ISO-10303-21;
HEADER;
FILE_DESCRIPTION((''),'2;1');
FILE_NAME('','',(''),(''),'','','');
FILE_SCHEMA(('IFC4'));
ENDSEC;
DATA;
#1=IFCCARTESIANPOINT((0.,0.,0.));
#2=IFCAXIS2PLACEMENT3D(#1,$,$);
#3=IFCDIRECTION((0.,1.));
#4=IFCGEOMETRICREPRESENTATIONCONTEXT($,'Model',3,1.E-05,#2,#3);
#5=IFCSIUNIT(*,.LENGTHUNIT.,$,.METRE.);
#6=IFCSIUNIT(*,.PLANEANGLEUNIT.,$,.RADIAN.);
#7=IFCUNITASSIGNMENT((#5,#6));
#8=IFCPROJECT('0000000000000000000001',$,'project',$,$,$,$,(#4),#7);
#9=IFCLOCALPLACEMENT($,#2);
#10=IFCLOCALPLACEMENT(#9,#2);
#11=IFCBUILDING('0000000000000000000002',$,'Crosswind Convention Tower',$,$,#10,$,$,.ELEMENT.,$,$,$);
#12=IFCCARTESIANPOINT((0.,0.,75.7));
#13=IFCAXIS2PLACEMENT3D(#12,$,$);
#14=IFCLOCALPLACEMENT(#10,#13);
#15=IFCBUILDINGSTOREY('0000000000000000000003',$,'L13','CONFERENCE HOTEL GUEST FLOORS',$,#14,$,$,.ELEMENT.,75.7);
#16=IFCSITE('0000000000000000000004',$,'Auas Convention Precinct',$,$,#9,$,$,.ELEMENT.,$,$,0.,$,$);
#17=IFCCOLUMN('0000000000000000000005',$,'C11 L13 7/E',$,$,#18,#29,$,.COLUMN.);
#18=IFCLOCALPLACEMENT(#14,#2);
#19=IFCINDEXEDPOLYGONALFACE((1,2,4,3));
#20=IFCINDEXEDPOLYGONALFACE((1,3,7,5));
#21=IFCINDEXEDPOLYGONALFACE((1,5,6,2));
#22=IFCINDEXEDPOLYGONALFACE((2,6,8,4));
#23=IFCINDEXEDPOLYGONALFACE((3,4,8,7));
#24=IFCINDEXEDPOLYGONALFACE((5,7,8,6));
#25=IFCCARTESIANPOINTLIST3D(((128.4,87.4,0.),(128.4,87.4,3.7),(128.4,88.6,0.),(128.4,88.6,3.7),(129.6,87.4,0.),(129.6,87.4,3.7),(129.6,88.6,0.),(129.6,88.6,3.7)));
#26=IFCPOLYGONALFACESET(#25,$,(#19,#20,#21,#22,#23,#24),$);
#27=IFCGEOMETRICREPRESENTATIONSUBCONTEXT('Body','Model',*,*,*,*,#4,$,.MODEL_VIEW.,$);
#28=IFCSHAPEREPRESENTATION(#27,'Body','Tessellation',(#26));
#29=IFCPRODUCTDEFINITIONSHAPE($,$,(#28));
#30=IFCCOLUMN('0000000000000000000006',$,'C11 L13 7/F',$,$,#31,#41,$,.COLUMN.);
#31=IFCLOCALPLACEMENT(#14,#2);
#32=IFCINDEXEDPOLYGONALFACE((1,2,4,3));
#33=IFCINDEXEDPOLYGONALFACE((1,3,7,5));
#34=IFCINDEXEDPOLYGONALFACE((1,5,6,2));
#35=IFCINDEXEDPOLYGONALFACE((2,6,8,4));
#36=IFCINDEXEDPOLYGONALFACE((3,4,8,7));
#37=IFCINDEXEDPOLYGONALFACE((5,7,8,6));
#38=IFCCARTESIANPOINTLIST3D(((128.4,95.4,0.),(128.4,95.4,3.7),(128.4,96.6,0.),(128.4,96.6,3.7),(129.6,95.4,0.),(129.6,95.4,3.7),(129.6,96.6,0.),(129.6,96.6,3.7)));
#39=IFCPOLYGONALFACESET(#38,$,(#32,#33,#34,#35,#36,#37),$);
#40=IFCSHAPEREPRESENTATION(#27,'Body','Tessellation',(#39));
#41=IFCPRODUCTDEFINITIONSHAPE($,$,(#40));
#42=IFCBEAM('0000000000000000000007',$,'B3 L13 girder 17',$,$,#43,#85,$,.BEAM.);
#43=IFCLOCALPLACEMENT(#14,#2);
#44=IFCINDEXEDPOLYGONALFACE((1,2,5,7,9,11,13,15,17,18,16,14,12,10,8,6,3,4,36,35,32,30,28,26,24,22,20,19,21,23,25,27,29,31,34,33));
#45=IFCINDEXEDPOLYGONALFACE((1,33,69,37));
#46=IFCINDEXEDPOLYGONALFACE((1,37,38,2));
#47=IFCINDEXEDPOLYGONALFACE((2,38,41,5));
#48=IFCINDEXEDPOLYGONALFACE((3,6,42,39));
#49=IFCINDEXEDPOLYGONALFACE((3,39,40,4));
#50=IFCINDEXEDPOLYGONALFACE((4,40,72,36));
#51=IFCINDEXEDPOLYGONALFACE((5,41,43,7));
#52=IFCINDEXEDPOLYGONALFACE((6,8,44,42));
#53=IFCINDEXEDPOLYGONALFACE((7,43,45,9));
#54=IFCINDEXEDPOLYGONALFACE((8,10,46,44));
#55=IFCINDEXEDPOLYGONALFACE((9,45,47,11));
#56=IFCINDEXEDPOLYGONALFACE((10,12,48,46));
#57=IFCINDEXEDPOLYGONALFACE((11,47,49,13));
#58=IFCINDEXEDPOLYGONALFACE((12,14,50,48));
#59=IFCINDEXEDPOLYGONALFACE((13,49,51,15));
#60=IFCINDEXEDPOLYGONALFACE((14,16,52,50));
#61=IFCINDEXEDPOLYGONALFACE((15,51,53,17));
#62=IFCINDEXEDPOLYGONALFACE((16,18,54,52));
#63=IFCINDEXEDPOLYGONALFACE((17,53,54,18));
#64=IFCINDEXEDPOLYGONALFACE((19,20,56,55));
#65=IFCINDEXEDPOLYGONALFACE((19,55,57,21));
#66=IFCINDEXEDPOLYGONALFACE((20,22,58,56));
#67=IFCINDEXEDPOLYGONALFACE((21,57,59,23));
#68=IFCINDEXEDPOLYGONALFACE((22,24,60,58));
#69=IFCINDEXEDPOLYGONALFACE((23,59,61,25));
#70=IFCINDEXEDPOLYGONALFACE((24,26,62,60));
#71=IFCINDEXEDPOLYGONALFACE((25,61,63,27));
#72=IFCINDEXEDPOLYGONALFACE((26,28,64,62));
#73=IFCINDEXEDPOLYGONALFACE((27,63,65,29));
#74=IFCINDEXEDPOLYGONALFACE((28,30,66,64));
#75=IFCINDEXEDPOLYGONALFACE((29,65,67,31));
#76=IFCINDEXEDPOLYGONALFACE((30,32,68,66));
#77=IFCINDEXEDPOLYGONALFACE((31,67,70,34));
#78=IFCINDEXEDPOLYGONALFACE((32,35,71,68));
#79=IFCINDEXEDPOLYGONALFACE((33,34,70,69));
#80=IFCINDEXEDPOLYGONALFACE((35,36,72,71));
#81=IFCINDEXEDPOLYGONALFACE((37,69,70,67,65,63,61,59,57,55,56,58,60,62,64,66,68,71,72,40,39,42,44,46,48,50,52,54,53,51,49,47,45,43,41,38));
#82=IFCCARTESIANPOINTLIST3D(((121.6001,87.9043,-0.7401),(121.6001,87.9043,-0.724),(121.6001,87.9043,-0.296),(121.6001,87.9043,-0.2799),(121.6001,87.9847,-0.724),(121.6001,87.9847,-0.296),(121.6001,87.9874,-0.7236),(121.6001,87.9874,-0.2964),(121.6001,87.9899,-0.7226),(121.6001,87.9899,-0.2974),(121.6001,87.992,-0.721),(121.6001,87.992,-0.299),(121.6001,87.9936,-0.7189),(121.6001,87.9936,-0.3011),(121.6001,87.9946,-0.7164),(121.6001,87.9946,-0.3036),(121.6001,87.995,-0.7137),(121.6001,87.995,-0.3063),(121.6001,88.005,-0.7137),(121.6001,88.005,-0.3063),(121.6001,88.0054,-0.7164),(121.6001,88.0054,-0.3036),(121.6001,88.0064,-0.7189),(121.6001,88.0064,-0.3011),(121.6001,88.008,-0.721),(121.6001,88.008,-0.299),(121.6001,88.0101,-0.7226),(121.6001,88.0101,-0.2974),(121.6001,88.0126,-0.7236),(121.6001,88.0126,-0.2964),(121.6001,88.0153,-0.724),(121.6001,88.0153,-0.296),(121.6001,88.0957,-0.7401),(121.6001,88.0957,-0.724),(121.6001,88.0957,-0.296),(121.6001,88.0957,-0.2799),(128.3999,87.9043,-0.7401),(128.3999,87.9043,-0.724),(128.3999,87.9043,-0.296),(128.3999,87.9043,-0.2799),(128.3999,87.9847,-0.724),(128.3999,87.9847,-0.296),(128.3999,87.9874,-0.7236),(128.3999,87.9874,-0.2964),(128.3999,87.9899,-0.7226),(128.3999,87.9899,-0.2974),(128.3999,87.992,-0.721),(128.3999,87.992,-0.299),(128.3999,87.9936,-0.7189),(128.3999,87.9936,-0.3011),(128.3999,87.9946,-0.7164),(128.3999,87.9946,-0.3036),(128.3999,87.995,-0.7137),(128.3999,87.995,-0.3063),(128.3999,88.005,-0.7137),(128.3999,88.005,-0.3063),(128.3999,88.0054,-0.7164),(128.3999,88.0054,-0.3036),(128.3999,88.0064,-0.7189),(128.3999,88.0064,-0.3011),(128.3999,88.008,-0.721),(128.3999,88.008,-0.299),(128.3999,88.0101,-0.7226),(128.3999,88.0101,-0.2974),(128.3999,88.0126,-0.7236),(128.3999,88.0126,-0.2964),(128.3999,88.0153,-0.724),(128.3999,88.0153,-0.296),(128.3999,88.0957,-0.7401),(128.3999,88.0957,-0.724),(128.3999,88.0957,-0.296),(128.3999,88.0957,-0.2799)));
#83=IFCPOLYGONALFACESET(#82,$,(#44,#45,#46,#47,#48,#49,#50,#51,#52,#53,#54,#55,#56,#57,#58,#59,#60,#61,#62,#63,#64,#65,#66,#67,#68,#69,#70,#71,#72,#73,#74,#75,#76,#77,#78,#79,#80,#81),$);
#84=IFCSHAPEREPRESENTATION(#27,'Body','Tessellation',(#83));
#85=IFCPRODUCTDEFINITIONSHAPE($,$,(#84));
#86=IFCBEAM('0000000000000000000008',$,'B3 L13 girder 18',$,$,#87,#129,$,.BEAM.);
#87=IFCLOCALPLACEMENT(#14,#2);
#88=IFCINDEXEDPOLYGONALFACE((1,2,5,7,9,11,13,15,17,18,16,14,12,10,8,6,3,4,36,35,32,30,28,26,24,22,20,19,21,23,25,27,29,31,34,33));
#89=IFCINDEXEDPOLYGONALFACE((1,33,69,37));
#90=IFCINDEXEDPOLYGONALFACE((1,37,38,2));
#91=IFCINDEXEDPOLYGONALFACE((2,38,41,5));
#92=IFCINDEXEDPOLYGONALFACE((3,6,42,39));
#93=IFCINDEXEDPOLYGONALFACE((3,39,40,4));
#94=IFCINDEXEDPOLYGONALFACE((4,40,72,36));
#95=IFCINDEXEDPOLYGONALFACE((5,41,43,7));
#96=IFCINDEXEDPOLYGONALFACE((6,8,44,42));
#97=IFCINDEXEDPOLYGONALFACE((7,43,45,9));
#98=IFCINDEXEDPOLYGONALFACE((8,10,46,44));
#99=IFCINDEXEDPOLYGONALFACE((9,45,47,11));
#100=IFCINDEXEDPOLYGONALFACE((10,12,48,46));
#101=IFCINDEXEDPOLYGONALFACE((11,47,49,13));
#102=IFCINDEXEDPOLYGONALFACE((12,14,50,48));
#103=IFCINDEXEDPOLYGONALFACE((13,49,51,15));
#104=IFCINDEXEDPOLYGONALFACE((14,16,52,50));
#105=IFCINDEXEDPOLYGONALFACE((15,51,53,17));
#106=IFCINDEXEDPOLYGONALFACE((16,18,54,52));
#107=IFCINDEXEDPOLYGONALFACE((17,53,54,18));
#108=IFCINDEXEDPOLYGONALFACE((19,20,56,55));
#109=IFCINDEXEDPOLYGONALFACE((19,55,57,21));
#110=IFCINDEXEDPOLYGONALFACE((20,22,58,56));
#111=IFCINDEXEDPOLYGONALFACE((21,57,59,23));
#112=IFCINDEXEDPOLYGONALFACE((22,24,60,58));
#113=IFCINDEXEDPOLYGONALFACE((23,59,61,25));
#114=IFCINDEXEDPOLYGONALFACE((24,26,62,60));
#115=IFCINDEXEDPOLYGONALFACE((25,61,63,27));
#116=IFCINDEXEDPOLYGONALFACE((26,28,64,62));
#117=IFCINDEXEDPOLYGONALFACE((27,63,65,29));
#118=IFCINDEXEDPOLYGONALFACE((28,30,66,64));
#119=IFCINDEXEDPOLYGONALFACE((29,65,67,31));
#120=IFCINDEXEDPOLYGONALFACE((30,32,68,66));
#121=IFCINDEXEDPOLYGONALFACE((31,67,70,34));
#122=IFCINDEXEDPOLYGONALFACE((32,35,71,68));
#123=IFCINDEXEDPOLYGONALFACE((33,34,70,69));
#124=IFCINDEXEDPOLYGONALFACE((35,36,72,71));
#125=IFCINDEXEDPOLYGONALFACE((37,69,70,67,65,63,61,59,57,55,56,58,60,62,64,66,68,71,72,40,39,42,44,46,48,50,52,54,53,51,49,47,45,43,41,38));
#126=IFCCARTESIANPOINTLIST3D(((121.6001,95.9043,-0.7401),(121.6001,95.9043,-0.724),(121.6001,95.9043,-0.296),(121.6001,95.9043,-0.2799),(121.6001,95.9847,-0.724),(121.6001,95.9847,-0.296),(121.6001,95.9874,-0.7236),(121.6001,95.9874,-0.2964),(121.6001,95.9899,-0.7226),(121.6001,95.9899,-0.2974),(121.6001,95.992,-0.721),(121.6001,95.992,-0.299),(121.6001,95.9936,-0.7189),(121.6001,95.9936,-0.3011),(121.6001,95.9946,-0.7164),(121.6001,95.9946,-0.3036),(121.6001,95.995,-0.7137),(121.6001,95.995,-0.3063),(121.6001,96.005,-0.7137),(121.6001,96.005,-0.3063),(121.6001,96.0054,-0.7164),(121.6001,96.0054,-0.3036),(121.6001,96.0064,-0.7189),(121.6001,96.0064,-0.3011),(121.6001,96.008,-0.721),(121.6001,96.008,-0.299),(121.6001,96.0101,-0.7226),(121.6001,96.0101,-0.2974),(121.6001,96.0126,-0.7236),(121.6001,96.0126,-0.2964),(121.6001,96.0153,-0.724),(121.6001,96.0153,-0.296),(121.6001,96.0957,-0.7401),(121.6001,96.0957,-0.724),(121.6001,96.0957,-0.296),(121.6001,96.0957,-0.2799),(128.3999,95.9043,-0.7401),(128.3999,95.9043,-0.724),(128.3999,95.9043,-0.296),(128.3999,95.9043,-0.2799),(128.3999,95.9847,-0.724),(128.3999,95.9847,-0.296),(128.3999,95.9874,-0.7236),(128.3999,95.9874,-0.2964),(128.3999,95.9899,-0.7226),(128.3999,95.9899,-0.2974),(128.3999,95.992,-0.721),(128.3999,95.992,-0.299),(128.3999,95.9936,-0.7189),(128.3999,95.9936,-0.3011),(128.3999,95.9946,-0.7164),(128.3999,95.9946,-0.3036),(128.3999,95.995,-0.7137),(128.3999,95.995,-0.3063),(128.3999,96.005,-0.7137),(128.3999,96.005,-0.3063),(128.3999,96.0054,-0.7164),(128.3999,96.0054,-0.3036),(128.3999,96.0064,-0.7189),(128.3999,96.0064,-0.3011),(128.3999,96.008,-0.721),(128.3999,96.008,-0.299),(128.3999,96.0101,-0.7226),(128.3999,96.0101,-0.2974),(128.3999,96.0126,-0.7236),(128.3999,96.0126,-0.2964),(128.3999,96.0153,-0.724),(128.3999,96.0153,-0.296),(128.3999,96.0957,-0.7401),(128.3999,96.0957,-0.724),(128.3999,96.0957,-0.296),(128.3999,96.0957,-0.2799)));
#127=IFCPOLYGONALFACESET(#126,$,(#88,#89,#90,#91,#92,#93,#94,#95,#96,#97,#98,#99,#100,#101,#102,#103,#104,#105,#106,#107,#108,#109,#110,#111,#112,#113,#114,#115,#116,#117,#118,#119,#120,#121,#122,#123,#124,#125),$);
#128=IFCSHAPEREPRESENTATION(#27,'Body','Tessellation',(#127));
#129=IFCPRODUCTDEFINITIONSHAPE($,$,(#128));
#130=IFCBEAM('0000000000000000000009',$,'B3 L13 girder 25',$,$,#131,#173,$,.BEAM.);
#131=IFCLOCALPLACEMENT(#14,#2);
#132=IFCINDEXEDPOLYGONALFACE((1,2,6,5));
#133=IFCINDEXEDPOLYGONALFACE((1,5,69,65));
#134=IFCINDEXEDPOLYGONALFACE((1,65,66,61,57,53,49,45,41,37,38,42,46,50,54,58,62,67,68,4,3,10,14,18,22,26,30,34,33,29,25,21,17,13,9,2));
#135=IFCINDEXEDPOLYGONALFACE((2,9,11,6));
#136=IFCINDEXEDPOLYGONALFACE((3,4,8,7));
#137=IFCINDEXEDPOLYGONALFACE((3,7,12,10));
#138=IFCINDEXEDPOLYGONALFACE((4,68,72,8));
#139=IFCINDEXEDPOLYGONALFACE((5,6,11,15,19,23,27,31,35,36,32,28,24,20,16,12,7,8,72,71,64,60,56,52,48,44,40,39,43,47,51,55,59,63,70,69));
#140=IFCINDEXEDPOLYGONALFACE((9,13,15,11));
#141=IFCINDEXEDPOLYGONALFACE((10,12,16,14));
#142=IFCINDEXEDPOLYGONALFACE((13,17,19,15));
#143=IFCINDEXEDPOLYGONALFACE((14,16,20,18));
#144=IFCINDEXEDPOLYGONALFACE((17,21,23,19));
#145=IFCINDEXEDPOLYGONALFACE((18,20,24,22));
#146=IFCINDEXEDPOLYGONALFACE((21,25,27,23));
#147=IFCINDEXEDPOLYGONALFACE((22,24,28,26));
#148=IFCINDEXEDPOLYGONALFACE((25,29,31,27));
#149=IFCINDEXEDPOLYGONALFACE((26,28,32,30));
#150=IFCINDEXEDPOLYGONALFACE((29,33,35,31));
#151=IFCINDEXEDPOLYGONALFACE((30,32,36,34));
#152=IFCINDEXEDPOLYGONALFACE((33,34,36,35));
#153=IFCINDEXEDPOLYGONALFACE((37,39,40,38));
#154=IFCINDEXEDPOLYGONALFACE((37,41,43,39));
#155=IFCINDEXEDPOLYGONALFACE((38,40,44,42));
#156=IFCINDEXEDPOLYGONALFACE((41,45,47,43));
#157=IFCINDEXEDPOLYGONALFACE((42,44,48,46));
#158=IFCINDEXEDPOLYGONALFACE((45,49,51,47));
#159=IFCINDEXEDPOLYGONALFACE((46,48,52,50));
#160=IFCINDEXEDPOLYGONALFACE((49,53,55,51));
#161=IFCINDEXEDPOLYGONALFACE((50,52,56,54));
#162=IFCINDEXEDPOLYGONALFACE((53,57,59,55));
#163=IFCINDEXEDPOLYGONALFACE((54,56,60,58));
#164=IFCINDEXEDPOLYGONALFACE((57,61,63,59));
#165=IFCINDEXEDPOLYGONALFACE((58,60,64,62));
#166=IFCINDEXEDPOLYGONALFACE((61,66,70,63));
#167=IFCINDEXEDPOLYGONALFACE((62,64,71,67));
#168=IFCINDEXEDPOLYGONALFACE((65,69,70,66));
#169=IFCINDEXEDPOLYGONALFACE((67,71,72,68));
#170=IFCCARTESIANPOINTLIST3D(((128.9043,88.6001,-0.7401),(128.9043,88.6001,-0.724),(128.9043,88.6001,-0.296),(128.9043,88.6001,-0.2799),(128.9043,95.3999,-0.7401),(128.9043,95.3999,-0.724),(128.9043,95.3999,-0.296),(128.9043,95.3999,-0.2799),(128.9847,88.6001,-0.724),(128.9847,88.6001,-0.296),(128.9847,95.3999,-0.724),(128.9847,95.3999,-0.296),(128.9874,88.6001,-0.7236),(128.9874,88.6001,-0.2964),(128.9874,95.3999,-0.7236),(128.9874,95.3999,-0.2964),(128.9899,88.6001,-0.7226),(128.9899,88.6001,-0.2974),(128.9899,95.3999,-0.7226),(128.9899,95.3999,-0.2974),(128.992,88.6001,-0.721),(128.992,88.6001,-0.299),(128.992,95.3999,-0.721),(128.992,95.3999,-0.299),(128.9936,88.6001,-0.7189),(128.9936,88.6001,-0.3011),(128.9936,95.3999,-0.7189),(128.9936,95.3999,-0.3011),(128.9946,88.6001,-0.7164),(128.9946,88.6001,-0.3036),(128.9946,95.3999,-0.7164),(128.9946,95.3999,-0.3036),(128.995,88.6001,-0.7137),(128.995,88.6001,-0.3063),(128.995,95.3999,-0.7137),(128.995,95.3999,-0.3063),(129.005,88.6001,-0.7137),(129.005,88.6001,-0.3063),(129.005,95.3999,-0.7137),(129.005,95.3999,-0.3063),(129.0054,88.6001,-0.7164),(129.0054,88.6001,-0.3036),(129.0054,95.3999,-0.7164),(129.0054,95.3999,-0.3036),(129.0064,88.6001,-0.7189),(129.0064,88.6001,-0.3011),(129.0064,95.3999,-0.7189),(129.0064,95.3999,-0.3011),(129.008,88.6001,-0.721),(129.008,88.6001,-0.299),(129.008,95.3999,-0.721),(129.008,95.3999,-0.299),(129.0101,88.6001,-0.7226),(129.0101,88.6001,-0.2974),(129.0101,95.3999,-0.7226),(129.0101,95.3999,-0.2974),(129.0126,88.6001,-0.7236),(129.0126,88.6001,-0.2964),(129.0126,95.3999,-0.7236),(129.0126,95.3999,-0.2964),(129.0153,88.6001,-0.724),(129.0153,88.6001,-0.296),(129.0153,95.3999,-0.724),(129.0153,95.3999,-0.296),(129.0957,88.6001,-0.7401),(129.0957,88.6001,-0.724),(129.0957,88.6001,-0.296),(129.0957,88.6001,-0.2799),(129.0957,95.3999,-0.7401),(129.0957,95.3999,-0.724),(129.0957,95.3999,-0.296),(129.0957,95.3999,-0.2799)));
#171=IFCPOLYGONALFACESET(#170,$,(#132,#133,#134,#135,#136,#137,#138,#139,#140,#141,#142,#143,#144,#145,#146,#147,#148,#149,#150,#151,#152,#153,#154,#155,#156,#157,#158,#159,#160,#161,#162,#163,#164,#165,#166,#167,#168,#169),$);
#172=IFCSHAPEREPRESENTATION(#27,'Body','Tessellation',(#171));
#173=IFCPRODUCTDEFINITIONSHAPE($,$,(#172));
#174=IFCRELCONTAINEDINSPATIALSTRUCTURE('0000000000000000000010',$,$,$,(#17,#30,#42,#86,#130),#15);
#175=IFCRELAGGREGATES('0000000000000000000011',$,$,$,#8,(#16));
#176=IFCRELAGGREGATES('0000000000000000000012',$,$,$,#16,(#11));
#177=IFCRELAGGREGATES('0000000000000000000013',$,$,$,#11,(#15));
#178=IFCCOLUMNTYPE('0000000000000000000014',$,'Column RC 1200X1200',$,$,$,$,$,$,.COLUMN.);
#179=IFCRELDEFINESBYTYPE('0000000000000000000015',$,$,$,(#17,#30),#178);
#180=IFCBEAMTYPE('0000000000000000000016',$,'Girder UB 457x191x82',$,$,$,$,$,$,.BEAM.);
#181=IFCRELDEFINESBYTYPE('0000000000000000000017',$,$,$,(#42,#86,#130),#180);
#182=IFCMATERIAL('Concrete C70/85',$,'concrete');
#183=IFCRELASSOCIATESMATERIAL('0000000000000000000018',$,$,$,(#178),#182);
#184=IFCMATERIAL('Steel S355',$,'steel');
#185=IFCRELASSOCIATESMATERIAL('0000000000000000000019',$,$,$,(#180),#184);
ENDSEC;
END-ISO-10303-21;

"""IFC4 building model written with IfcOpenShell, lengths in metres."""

from ifc_helpers import new_model, si_unit, direction, frame, origin, origin_2d, place, context, subcontext, project, spatial, rectangle, i_section, extrude, material, material_profile, profile_set, type_object, element, save


model = new_model("IFC4")

# Units and contexts
model_context = context("Model", 3, precision=1e-05, world=origin(), true_north=direction((0.0, 1.0)))
body_context = subcontext(model_context, "Body", "Model", "MODEL_VIEW")
ifc_project = project(units=[si_unit("LENGTHUNIT", "METRE"), si_unit("PLANEANGLEUNIT", "RADIAN")], contexts=[model_context])

# Site, building, storey
site_placement = place(None, origin())
site = spatial("IfcSite", under=ifc_project, at=site_placement, Name="Auas Convention Precinct", CompositionType="ELEMENT", RefElevation=0.0)
building_placement = place(site_placement, origin())
building = spatial("IfcBuilding", under=site, at=building_placement, Name="Crosswind Convention Tower", CompositionType="ELEMENT")
storey_placement = place(building_placement, frame((0.0, 0.0, 75.7)))
storey = spatial("IfcBuildingStorey", under=building, at=storey_placement, Name="L13", Description="CONFERENCE HOTEL GUEST FLOORS", CompositionType="ELEMENT", Elevation=75.7)

# Columns
ifc_material_1 = material(Name="Concrete C70/85", Category="concrete")
ifc_material_profile_1 = material_profile(ifc_material_1, rectangle(XDim=1.2, YDim=1.2, at=origin_2d()), Name="RC 1200X1200")
ifc_profile_set_1 = profile_set([ifc_material_profile_1], Name="Concrete C70/85")
column_type = type_object("IfcColumnType", Name="Column RC 1200X1200", PredefinedType="COLUMN", material=ifc_profile_set_1)
for number, where, z_axis, x_axis, name in (
    (1, (129.0, 88.0, 0.0), (0.0, 0.0, 1.0), (1.0, 0.0, 0.0), "C11 L13 7/E"),
    (2, (129.0, 96.0, 0.0), (0.0, 0.0, 1.0), (1.0, 0.0, 0.0), "C11 L13 7/F"),
):
    element("IfcColumn", number, at=place(storey_placement, frame(where, z_axis=z_axis, x_axis=x_axis)), inside=storey, type_object=column_type, Name=name, PredefinedType="COLUMN", context=body_context, shape_type="SweptSolid", body=[
        extrude(rectangle(XDim=1.2, YDim=1.2, at=origin_2d()), origin(), (0.0, 0.0, 1.0), 3.7),
    ])

# Beams
ifc_material_2 = material(Name="Steel S355", Category="steel")
ifc_material_profile_2 = material_profile(ifc_material_2, i_section(OverallWidth=0.1914, OverallDepth=0.4602, WebThickness=0.01, FlangeThickness=0.0161, FilletRadius=0.0103, at=origin_2d()), Name="UB 457x191x82")
ifc_profile_set_2 = profile_set([ifc_material_profile_2], Name="Steel S355")
beam_type_1 = type_object("IfcBeamType", Name="Girder UB 457x191x82", PredefinedType="BEAM", material=ifc_profile_set_2)
for number, where, z_axis, x_axis, name in (
    (3, (121.6001, 88.0, -0.51), (1.0, 0.0, 0.0), (0.0, 1.0, 0.0), "B3 L13 girder 17"),
    (4, (121.6001, 96.0, -0.51), (1.0, 0.0, 0.0), (0.0, 1.0, 0.0), "B3 L13 girder 18"),
    (5, (129.0, 88.6001, -0.51), (0.0, 1.0, 0.0), (-1.0, 0.0, 0.0), "B3 L13 girder 25"),
):
    element("IfcBeam", number, at=place(storey_placement, frame(where, z_axis=z_axis, x_axis=x_axis)), inside=storey, type_object=beam_type_1, Name=name, PredefinedType="BEAM", context=body_context, shape_type="SweptSolid", body=[
        extrude(i_section(OverallWidth=0.1914, OverallDepth=0.4602, WebThickness=0.01, FlangeThickness=0.0161, FilletRadius=0.0103, at=origin_2d()), origin(), (0.0, 0.0, 1.0), 6.7998),
    ])

save(model, "model.ifc")
